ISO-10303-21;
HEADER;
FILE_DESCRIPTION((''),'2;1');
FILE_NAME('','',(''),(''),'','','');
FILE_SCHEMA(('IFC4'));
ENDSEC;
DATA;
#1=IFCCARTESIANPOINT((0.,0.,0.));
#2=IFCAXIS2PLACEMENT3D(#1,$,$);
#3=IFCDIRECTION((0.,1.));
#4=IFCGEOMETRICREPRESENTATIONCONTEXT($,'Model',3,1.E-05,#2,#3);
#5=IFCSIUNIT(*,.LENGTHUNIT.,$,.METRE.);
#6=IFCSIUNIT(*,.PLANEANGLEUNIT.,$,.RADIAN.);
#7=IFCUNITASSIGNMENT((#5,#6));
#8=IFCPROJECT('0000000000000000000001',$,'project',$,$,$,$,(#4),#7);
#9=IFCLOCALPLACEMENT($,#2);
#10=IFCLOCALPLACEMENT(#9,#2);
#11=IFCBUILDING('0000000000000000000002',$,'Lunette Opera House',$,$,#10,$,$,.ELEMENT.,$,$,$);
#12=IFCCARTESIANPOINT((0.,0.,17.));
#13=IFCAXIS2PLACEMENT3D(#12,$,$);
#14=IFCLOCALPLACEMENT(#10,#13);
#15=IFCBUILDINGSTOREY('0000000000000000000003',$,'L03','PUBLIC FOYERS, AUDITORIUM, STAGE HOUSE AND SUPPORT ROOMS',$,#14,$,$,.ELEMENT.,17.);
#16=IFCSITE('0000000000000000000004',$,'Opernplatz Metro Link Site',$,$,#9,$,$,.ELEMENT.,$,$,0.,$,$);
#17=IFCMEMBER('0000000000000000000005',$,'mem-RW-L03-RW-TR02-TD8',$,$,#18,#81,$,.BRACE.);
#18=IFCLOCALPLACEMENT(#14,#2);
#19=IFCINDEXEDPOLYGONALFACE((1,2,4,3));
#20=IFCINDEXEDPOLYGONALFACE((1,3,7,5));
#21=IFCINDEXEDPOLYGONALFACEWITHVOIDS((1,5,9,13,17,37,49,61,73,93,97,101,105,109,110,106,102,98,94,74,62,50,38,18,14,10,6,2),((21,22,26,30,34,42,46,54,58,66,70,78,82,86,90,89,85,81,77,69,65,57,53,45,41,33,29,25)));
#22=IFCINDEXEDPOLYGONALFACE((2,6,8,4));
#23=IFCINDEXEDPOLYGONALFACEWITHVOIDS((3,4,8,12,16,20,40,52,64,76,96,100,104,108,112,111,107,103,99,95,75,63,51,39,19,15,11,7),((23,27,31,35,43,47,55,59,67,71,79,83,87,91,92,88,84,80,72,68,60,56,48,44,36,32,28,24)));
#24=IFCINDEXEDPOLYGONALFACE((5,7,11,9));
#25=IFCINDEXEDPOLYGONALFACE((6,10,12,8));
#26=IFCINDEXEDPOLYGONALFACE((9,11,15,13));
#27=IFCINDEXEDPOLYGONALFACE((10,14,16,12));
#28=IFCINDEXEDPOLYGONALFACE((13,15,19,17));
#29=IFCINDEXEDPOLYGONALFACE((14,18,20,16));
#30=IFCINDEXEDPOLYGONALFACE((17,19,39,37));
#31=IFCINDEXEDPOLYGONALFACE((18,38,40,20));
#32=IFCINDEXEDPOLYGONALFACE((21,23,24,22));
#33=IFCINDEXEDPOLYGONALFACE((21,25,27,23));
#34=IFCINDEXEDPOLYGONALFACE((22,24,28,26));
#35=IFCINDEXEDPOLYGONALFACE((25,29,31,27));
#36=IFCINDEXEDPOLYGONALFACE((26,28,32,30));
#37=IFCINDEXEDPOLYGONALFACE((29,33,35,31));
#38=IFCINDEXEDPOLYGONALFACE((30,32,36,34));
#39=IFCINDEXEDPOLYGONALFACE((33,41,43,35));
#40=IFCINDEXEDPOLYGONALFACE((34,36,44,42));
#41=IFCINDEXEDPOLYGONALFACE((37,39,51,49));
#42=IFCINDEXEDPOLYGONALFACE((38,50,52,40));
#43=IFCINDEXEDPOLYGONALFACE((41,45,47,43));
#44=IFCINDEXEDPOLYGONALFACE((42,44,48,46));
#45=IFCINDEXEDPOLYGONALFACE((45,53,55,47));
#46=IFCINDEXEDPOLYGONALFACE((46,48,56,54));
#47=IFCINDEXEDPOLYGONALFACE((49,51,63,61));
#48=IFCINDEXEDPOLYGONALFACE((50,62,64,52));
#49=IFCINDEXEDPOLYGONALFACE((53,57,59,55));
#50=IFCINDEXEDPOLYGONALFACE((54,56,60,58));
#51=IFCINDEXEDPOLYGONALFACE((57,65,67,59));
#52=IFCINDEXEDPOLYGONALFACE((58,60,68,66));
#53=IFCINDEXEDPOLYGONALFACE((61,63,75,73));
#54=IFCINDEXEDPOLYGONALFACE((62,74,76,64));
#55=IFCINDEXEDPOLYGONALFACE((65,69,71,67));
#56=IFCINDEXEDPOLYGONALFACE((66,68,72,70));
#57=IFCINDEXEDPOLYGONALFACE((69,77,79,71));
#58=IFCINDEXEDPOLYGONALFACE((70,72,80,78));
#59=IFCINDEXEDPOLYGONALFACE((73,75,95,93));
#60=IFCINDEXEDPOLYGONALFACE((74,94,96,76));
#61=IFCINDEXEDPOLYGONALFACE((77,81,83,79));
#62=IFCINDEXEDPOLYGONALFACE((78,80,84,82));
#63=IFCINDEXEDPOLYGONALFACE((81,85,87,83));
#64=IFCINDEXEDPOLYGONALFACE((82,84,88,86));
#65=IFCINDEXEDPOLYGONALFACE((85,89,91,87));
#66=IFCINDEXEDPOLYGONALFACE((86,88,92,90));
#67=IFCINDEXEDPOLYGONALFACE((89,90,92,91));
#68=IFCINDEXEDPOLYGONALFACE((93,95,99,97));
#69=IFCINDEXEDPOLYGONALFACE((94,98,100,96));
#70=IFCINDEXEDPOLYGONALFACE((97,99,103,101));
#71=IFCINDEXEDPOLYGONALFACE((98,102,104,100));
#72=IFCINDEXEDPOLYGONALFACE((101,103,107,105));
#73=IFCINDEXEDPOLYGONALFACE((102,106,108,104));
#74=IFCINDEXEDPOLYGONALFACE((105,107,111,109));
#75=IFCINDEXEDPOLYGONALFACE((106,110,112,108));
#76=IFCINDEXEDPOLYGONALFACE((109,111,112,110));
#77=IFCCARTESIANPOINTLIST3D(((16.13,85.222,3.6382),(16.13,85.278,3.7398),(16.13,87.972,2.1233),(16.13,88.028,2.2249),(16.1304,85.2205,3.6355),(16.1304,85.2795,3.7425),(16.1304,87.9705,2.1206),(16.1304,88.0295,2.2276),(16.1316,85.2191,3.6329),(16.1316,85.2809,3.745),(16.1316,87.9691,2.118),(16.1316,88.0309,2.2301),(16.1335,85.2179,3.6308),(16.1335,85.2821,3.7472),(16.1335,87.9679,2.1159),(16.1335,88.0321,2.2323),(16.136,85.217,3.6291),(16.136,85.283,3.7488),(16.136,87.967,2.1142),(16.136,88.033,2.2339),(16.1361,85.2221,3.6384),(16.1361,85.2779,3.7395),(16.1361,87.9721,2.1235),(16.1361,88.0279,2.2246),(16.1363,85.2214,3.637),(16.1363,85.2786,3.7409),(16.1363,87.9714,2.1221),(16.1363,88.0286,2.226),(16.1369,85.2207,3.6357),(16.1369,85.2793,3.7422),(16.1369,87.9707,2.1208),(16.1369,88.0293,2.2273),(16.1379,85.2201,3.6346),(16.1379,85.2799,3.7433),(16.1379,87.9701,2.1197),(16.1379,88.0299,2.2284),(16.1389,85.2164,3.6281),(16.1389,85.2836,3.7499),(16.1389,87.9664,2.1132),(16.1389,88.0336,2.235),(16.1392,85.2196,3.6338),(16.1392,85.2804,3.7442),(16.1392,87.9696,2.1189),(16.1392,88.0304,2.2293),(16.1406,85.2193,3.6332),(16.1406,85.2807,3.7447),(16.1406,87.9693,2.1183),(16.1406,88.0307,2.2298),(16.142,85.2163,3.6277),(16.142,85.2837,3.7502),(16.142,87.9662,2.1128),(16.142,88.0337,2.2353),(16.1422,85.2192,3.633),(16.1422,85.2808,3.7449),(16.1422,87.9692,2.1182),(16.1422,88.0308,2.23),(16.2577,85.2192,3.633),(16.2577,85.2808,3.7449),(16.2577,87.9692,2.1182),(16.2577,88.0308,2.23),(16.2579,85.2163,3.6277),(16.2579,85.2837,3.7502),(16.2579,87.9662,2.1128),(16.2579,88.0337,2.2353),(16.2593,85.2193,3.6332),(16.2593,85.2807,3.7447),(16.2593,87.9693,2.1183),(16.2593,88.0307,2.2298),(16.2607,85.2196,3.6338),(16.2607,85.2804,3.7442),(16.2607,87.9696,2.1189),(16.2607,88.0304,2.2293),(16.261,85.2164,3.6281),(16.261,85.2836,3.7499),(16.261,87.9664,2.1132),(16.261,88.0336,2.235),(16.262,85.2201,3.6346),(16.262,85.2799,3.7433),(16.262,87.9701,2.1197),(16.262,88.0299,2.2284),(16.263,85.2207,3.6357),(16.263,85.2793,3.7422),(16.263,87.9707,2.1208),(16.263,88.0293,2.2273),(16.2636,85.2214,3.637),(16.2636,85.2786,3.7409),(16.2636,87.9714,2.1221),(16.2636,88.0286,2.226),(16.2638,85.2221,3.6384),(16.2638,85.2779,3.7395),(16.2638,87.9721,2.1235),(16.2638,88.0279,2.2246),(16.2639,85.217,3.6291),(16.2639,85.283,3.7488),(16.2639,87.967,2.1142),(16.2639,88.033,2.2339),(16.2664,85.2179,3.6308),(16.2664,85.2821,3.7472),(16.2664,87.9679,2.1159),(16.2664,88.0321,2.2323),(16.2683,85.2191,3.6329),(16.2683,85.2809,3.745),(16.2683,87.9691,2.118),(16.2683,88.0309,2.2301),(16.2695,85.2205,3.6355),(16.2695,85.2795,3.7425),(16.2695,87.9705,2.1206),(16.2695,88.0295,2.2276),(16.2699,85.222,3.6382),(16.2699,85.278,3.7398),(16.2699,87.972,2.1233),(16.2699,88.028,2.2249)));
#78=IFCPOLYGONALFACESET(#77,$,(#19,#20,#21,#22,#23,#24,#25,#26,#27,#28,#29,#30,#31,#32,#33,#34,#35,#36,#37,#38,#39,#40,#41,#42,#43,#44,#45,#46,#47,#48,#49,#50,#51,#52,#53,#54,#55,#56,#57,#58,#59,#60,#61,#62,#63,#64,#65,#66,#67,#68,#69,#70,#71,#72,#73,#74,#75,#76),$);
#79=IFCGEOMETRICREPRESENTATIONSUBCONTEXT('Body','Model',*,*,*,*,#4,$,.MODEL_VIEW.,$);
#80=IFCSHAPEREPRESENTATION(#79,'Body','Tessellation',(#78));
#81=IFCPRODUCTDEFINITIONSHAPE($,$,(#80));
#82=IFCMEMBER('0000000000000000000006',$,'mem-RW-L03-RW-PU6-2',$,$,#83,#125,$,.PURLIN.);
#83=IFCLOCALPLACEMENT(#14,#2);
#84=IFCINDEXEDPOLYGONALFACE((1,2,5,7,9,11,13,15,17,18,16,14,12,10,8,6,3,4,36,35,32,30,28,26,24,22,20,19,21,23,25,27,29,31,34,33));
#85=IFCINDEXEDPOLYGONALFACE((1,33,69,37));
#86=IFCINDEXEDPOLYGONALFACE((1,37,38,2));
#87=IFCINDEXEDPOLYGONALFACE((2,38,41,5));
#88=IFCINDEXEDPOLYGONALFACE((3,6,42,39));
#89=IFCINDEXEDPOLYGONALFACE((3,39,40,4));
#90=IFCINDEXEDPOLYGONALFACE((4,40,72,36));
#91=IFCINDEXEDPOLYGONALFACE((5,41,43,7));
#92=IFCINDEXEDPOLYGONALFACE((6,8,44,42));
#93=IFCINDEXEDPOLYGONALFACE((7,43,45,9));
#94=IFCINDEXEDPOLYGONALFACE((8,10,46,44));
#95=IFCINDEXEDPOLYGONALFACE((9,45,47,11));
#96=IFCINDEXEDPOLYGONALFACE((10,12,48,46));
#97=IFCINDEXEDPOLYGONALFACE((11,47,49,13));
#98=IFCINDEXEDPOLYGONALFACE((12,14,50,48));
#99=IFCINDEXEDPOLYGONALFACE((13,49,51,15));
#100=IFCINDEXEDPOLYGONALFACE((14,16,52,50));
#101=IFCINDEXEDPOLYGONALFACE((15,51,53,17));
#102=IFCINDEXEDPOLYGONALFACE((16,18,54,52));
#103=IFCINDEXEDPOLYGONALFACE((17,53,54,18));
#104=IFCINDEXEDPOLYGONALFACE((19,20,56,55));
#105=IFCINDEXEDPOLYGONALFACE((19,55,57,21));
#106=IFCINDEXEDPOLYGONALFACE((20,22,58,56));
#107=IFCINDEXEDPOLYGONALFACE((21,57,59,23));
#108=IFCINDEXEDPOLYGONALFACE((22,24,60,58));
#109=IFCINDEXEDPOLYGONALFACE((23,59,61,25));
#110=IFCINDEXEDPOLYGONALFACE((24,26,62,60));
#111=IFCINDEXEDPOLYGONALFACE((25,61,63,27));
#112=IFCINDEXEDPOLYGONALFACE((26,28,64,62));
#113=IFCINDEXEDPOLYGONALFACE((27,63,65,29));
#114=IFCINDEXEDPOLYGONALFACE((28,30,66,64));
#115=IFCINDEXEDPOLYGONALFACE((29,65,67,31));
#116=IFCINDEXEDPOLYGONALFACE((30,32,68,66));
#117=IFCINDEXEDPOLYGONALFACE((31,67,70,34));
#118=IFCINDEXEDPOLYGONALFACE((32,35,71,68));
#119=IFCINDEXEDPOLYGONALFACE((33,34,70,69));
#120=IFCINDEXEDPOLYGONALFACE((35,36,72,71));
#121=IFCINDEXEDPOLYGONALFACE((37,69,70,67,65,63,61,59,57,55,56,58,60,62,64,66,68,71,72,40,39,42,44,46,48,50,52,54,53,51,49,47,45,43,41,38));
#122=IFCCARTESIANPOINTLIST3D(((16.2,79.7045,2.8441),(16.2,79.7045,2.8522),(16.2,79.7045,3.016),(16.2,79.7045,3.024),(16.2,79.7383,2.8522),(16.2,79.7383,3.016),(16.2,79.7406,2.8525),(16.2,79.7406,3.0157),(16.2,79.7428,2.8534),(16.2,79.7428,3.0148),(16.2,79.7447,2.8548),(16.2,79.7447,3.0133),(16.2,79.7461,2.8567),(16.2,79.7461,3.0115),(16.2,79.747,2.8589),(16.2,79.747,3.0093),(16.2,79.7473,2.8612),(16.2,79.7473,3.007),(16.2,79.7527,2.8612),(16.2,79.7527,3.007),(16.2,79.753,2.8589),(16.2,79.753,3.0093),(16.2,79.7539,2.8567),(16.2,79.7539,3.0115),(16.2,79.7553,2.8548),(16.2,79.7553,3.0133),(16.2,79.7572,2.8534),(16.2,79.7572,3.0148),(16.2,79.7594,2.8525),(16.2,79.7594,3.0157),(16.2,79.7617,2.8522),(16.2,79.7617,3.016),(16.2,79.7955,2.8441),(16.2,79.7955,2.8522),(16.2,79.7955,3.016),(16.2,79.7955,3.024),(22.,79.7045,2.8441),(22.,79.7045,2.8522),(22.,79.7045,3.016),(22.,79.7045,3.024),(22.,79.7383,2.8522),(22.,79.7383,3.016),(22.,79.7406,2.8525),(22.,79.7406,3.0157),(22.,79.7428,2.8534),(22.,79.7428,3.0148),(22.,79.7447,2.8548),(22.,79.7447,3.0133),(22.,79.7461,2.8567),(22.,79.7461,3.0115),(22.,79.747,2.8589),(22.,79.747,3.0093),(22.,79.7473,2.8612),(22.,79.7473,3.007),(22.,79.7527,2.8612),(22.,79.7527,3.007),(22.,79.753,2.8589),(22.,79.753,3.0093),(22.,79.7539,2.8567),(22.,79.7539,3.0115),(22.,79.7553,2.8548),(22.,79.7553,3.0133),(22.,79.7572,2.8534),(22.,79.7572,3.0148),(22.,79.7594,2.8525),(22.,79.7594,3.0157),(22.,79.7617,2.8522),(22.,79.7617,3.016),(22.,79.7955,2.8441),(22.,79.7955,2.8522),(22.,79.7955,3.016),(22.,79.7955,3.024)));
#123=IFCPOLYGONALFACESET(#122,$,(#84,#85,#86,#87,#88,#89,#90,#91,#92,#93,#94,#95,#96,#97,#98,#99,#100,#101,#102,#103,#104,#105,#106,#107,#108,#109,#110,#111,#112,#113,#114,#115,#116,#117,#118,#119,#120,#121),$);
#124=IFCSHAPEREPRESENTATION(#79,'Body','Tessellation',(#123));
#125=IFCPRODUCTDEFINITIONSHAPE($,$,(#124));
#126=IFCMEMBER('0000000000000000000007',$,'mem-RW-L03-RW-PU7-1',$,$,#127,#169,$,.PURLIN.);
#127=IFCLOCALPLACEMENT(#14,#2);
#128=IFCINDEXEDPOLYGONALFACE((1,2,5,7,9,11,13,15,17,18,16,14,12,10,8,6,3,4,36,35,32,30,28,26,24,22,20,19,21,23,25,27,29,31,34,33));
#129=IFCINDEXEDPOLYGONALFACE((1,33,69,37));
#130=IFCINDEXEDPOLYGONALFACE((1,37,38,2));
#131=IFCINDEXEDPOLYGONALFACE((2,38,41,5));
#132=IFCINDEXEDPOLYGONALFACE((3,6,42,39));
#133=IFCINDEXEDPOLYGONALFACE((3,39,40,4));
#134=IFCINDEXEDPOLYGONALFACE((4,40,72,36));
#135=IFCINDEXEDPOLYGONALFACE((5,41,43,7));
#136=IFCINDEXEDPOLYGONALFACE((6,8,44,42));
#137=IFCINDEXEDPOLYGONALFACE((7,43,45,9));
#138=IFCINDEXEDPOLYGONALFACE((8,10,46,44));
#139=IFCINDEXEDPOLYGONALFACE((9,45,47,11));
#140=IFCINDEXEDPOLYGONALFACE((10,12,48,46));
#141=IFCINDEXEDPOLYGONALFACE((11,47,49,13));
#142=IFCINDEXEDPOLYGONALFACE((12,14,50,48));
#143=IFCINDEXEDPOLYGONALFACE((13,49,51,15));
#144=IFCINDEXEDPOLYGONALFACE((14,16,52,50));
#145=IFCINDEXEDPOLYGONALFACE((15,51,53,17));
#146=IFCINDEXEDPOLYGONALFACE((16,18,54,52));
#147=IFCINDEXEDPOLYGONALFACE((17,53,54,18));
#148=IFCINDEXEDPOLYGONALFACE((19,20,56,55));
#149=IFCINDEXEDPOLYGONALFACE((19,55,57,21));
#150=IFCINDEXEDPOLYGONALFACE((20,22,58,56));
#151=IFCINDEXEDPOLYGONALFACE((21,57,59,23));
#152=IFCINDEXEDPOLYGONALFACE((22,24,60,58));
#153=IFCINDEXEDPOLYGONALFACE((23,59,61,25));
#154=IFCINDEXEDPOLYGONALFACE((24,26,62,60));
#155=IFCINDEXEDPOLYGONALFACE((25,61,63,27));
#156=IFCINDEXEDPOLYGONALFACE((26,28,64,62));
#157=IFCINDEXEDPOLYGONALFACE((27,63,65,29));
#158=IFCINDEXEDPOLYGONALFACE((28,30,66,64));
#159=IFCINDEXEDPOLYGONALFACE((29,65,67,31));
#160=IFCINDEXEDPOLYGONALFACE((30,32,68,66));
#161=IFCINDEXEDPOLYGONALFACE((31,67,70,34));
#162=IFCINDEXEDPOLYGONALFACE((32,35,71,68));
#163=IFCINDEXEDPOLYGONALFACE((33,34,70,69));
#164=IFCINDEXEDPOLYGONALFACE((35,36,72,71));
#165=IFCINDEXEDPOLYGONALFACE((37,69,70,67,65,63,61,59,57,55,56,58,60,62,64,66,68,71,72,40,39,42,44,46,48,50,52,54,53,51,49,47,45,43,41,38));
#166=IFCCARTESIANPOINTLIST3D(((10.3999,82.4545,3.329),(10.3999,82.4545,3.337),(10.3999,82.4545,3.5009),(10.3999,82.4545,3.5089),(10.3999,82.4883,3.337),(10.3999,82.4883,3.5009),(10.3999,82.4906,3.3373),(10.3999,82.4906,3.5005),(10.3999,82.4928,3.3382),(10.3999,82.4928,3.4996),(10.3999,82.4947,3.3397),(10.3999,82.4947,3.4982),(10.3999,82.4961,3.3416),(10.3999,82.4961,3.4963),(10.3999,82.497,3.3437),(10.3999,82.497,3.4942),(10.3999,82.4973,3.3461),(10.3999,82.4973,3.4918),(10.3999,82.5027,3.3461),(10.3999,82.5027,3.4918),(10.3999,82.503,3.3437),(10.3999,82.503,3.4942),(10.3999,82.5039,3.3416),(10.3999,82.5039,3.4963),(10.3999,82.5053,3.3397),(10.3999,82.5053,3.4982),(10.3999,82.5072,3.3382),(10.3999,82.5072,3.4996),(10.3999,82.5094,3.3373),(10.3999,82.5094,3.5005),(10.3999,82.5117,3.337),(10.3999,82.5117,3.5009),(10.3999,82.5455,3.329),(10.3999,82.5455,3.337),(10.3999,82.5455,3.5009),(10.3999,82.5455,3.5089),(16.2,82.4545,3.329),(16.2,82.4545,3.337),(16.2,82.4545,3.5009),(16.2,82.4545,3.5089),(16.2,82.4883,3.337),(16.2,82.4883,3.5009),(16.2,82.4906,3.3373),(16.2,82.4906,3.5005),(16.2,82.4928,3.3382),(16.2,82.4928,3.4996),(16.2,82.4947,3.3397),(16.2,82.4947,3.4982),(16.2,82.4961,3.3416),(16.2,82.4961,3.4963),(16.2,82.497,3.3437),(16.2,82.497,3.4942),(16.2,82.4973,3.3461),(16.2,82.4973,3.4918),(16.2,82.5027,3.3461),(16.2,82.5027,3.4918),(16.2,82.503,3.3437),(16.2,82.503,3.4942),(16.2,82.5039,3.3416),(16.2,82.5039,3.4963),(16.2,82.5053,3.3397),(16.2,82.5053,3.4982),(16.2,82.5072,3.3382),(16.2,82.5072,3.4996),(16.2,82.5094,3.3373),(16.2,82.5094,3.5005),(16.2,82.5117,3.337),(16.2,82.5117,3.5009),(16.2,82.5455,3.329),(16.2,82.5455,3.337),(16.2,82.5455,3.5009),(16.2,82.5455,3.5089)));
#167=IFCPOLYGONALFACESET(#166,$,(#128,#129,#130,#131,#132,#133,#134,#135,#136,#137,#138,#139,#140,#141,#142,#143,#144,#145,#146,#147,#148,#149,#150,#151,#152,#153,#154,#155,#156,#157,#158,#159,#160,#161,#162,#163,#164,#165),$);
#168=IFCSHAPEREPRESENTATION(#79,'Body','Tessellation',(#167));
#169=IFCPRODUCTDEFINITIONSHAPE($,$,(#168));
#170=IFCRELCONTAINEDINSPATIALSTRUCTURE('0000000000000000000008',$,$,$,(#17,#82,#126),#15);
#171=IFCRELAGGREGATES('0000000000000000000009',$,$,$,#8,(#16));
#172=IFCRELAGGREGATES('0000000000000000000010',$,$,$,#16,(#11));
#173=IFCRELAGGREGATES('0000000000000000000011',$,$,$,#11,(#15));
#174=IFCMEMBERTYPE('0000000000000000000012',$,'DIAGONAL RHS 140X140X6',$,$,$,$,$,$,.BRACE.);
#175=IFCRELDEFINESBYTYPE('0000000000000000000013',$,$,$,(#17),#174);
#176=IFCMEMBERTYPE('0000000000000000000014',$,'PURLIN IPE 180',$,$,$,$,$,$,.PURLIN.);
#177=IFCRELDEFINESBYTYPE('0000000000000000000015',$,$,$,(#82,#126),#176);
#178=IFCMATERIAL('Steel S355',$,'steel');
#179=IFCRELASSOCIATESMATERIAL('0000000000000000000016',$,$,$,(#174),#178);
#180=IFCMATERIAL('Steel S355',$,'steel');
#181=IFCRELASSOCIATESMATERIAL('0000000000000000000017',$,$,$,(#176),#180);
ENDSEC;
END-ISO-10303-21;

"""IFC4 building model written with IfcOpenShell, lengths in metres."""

from ifc_helpers import new_model, si_unit, direction, frame, origin, origin_2d, place, context, subcontext, project, spatial, hollow_rectangle, i_section, extrude, material, material_profile, profile_set, type_object, element, save


model = new_model("IFC4")

# Units and contexts
model_context = context("Model", 3, precision=1e-05, world=origin(), true_north=direction((0.0, 1.0)))
body_context = subcontext(model_context, "Body", "Model", "MODEL_VIEW")
ifc_project = project(units=[si_unit("LENGTHUNIT", "METRE"), si_unit("PLANEANGLEUNIT", "RADIAN")], contexts=[model_context])

# Site, building, storey
site_placement = place(None, origin())
site = spatial("IfcSite", under=ifc_project, at=site_placement, Name="Opernplatz Metro Link Site", CompositionType="ELEMENT", RefElevation=0.0)
building_placement = place(site_placement, origin())
building = spatial("IfcBuilding", under=site, at=building_placement, Name="Lunette Opera House", CompositionType="ELEMENT")
storey_placement = place(building_placement, frame((0.0, 0.0, 17.0)))
storey = spatial("IfcBuildingStorey", under=building, at=storey_placement, Name="L03", Description="PUBLIC FOYERS, AUDITORIUM, STAGE HOUSE AND SUPPORT ROOMS", CompositionType="ELEMENT", Elevation=17.0)

# Members
ifc_material_1 = material(Name="Steel S355", Category="steel")
ifc_material_profile_1 = material_profile(ifc_material_1, hollow_rectangle(XDim=0.1399, YDim=0.1399, WallThickness=0.0061, InnerFilletRadius=0.0061, OuterFilletRadius=0.012, at=origin_2d()), Name="RHS 140X140X6")
ifc_profile_set_1 = profile_set([ifc_material_profile_1], Name="Steel S355")
member_type_1 = type_object("IfcMemberType", Name="DIAGONAL RHS 140X140X6", PredefinedType="BRACE", material=ifc_profile_set_1)
member_1_placement = place(storey_placement, frame((16.2, 85.25, 3.689), z_axis=(0.0, 0.875894, -0.482504), x_axis=(-1.0, 0.0, 0.0)))
element("IfcMember", 1, at=member_1_placement, inside=storey, type_object=member_type_1, Name="mem-RW-L03-RW-TR02-TD8", PredefinedType="BRACE", context=body_context, shape_type="SweptSolid", body=[
    extrude(hollow_rectangle(XDim=0.1399, YDim=0.1399, WallThickness=0.0061, InnerFilletRadius=0.0061, OuterFilletRadius=0.012, at=origin_2d()), origin(), (0.0, 0.0, 1.0), 3.1396),
])
ifc_material_2 = material(Name="Steel S355", Category="steel")
ifc_material_profile_2 = material_profile(ifc_material_2, i_section(OverallWidth=0.0911, OverallDepth=0.1799, WebThickness=0.0054, FlangeThickness=0.0081, FilletRadius=0.009, at=origin_2d()), Name="IPE 180")
ifc_profile_set_2 = profile_set([ifc_material_profile_2], Name="Steel S355")
member_type_2 = type_object("IfcMemberType", Name="PURLIN IPE 180", PredefinedType="PURLIN", material=ifc_profile_set_2)
for number, where, z_axis, x_axis, name in (
    (2, (16.2, 79.75, 2.9341), (1.0, 0.0, 0.0), (0.0, 1.0, 0.0), "mem-RW-L03-RW-PU6-2"),
    (3, (10.3999, 82.5, 3.4189), (1.0, 0.0, 0.0), (0.0, 1.0, 0.0), "mem-RW-L03-RW-PU7-1"),
):
    element("IfcMember", number, at=place(storey_placement, frame(where, z_axis=z_axis, x_axis=x_axis)), inside=storey, type_object=member_type_2, Name=name, PredefinedType="PURLIN", context=body_context, shape_type="SweptSolid", body=[
        extrude(i_section(OverallWidth=0.0911, OverallDepth=0.1799, WebThickness=0.0054, FlangeThickness=0.0081, FilletRadius=0.009, at=origin_2d()), origin(), (0.0, 0.0, 1.0), 5.8),
    ])

save(model, "model.ifc")
